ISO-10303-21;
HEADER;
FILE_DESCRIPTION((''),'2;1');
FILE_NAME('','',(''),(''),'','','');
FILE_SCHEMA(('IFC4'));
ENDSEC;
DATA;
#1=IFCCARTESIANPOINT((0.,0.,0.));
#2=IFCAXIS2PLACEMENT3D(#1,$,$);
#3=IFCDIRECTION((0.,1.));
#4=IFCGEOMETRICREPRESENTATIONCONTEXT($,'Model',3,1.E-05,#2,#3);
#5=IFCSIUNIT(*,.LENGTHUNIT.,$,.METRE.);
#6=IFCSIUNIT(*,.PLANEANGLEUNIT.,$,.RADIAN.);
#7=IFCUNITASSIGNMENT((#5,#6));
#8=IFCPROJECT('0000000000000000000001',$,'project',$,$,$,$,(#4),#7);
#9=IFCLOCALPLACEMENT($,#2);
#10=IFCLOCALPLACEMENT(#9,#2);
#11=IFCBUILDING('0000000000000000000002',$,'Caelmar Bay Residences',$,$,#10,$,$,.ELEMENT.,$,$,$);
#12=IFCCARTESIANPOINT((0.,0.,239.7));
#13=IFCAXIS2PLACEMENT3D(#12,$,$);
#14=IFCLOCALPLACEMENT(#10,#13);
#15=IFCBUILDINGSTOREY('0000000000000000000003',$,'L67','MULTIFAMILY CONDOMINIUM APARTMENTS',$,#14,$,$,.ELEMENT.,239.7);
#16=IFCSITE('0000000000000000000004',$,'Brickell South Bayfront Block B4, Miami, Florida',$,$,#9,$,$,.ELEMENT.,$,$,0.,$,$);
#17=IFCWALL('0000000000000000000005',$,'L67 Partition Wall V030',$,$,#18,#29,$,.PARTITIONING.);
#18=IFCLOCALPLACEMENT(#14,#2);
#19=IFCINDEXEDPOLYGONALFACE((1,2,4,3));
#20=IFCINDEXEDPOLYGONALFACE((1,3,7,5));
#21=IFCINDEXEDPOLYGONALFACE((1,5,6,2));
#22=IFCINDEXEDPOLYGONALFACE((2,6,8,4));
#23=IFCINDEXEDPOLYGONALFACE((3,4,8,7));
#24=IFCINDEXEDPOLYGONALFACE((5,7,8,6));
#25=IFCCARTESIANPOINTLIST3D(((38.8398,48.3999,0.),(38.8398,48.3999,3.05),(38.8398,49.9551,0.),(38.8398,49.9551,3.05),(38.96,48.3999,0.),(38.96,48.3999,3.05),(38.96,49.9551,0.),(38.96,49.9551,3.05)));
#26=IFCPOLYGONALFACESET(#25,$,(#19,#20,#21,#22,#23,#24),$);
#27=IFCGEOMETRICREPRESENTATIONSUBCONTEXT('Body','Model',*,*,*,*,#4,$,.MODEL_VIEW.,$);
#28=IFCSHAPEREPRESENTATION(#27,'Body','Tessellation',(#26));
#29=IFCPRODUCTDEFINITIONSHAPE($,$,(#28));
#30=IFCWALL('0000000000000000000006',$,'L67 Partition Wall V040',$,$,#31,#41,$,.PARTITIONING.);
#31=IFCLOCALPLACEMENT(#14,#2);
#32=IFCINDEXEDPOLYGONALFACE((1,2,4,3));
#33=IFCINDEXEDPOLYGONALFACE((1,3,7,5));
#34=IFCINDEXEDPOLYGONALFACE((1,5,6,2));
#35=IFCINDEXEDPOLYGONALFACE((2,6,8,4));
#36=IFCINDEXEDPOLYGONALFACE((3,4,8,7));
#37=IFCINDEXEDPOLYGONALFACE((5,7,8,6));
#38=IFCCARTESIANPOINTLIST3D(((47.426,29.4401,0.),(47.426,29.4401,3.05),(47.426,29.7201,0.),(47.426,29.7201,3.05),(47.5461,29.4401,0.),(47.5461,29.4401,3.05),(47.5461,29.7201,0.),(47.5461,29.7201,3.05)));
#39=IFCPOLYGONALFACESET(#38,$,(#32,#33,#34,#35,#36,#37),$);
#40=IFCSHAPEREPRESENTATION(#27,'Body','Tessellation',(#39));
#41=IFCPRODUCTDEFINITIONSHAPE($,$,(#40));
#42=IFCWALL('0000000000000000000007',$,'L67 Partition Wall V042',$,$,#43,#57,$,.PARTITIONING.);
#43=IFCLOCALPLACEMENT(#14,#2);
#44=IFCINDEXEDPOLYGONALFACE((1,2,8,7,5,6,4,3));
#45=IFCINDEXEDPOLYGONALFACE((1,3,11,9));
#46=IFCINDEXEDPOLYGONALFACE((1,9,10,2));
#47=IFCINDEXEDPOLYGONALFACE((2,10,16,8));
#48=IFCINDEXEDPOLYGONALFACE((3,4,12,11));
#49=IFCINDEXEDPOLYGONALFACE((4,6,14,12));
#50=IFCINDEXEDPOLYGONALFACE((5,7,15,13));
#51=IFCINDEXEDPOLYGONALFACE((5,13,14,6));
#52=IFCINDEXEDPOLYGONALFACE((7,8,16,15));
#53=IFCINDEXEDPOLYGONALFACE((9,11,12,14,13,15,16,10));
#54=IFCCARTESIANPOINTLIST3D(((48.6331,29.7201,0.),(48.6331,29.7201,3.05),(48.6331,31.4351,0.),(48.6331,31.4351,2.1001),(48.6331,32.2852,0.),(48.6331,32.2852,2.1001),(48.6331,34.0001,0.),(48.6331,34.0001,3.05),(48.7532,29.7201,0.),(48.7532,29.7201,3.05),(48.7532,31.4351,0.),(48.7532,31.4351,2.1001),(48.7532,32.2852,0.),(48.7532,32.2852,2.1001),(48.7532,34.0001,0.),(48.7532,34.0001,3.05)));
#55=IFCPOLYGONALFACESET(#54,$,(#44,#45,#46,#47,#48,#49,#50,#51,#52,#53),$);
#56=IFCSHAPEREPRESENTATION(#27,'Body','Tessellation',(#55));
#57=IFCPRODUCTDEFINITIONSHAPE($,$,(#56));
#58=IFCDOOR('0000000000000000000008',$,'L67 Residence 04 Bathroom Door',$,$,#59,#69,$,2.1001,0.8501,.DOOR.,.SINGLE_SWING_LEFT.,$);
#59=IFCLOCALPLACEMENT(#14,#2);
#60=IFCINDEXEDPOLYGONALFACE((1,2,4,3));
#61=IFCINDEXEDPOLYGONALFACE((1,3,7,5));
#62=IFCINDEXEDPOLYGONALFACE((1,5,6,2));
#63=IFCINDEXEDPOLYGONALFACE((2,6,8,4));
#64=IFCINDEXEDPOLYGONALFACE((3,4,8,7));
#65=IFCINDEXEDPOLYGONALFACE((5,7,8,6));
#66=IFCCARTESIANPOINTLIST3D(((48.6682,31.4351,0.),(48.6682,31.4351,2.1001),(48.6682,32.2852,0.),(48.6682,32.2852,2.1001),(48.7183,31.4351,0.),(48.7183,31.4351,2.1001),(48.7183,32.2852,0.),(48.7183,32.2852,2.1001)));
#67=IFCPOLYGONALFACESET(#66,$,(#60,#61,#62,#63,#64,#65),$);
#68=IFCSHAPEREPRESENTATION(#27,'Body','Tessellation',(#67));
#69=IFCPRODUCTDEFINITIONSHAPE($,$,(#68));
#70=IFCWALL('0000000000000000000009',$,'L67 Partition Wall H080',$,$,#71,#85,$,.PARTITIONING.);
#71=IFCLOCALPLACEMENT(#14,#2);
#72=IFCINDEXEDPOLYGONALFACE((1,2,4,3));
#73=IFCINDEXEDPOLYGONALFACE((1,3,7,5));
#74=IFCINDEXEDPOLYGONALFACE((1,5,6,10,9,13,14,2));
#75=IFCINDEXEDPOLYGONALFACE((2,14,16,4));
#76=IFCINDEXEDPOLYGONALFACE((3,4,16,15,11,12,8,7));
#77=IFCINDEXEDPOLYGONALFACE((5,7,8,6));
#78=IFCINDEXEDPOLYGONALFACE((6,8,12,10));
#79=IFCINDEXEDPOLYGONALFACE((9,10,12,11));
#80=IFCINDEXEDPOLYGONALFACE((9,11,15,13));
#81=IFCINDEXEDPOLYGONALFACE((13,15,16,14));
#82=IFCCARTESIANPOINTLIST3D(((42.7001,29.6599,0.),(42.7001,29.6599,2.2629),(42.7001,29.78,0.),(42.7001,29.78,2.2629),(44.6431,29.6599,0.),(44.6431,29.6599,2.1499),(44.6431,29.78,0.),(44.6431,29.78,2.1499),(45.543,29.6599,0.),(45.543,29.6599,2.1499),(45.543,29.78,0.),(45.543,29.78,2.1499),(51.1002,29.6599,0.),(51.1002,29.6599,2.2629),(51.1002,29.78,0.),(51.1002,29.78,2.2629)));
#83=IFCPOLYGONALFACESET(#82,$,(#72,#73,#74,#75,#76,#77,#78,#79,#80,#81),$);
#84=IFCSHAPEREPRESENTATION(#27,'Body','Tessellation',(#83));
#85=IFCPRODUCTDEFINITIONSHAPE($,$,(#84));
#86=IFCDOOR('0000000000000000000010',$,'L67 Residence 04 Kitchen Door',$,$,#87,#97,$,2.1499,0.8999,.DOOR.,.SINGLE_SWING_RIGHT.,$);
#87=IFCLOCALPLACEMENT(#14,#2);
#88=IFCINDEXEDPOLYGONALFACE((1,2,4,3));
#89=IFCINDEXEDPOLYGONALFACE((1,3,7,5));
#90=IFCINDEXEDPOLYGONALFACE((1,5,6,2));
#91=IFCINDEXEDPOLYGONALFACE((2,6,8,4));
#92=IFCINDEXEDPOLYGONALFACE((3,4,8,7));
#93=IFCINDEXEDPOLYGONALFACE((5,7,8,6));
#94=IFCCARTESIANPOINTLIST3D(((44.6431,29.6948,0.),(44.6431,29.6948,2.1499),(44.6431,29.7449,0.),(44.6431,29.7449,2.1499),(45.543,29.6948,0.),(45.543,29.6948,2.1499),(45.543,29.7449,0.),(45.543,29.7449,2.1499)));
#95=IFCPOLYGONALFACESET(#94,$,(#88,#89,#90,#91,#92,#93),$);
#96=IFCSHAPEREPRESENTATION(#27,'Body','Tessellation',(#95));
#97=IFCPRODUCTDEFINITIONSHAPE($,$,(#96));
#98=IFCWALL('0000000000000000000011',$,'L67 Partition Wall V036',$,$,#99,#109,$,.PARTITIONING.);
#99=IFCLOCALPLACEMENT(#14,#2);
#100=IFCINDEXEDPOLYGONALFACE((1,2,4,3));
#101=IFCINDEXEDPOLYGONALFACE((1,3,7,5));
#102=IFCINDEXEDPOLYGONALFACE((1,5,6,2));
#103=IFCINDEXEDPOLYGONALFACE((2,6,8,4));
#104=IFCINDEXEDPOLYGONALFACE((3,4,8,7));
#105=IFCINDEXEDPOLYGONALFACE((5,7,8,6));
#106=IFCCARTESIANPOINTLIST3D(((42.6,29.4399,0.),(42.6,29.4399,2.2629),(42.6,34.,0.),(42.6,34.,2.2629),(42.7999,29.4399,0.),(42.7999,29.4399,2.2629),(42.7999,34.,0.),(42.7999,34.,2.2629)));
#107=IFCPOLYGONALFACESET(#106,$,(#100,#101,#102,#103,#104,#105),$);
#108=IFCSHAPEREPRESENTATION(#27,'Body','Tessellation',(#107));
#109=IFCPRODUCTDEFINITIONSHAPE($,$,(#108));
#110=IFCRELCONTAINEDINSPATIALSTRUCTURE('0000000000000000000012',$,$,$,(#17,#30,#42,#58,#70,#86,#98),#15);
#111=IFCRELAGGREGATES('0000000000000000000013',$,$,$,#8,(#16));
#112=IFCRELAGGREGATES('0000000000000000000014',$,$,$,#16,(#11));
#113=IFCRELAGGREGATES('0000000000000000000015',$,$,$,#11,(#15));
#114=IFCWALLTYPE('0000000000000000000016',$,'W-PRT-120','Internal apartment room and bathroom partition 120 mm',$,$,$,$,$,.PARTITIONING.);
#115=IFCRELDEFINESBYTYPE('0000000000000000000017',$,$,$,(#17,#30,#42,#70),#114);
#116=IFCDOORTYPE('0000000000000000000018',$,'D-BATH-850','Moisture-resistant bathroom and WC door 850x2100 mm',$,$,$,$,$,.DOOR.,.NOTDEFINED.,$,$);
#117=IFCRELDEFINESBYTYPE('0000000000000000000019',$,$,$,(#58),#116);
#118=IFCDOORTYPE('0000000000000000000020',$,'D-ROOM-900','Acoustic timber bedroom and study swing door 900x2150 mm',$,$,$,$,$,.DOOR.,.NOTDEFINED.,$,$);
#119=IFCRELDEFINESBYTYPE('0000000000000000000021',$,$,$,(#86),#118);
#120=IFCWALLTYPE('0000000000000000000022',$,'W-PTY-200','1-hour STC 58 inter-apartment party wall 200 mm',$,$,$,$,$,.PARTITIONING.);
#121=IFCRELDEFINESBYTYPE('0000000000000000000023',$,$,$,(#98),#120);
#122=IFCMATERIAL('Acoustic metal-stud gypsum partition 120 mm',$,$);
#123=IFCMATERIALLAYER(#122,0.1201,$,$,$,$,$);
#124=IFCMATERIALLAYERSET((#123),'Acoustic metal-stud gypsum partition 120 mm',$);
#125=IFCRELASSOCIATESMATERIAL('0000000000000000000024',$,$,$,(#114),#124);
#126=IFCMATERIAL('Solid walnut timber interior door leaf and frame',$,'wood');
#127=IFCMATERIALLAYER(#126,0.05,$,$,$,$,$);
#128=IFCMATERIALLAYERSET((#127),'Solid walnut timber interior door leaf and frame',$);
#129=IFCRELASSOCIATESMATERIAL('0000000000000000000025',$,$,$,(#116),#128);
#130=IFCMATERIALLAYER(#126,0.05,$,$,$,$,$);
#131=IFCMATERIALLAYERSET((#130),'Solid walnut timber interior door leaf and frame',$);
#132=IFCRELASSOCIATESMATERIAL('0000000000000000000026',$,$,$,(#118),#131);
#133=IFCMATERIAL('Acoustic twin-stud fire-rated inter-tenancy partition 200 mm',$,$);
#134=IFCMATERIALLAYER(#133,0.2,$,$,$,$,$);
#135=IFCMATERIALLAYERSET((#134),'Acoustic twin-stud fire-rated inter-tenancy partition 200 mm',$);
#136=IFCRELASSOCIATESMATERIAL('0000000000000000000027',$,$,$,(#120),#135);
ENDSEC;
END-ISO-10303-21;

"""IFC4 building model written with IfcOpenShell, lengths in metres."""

from ifc_helpers import new_model, si_unit, direction, frame, frame_2d, origin, place, context, subcontext, project, spatial, rectangle, extrude, material, layer, layer_set, type_object, element, fill, save


model = new_model("IFC4")

# Units and contexts
model_context = context("Model", 3, precision=1e-05, world=origin(), true_north=direction((0.0, 1.0)))
body_context = subcontext(model_context, "Body", "Model", "MODEL_VIEW")
ifc_project = project(units=[si_unit("LENGTHUNIT", "METRE"), si_unit("PLANEANGLEUNIT", "RADIAN")], contexts=[model_context])

# Site, building, storey
site_placement = place(None, origin())
site = spatial("IfcSite", under=ifc_project, at=site_placement, Name="Brickell South Bayfront Block B4, Miami, Florida", CompositionType="ELEMENT", RefElevation=0.0)
building_placement = place(site_placement, origin())
building = spatial("IfcBuilding", under=site, at=building_placement, Name="Caelmar Bay Residences", CompositionType="ELEMENT")
storey_placement = place(building_placement, frame((0.0, 0.0, 239.7)))
storey = spatial("IfcBuildingStorey", under=building, at=storey_placement, Name="L67", Description="MULTIFAMILY CONDOMINIUM APARTMENTS", CompositionType="ELEMENT", Elevation=239.7)

# Walls
ifc_material_1 = material(Name="Acoustic metal-stud gypsum partition 120 mm")
ifc_layer_1 = layer(ifc_material_1, 0.1201)
ifc_layer_set_1 = layer_set([ifc_layer_1], Name="Acoustic metal-stud gypsum partition 120 mm")
wall_type_1 = type_object("IfcWallType", Name="W-PRT-120", Description="Internal apartment room and bathroom partition 120 mm", PredefinedType="PARTITIONING", material=ifc_layer_set_1)
wall_1_placement = place(storey_placement, frame((38.8999, 48.3999, 0.0), z_axis=(0.0, 0.0, 1.0), x_axis=(0.0, 1.0, 0.0)))
element("IfcWall", 1, at=wall_1_placement, inside=storey, type_object=wall_type_1, Name="L67 Partition Wall V030", PredefinedType="PARTITIONING", context=body_context, shape_type="SweptSolid", body=[
    extrude(rectangle(XDim=1.5552, YDim=0.1201, at=frame_2d((0.7776, 0.0))), origin(), (0.0, 0.0, 1.0), 3.05),
])
wall_2_placement = place(storey_placement, frame((47.4861, 29.4399, 0.0), z_axis=(0.0, 0.0, 1.0), x_axis=(0.0, 1.0, 0.0)))
element("IfcWall", 2, at=wall_2_placement, inside=storey, type_object=wall_type_1, Name="L67 Partition Wall V040", PredefinedType="PARTITIONING", context=body_context, shape_type="SweptSolid", body=[
    extrude(rectangle(XDim=0.28, YDim=0.1201, at=frame_2d((0.1401, 0.0))), origin(), (0.0, 0.0, 1.0), 3.05),
])

# Walls, openings, doors
wall_3_placement = place(storey_placement, frame((48.6931, 29.72, 0.0), z_axis=(0.0, 0.0, 1.0), x_axis=(0.0, 1.0, 0.0)))
wall_3 = element("IfcWall", 3, at=wall_3_placement, inside=storey, type_object=wall_type_1, Name="L67 Partition Wall V042", PredefinedType="PARTITIONING", context=body_context, shape_type="SweptSolid", body=[
    extrude(rectangle(XDim=4.28, YDim=0.1201, at=frame_2d((2.1401, 0.0))), origin(), (0.0, 0.0, 1.0), 3.05),
])
opening_1_placement = place(wall_3_placement, frame((1.7151, 0.0, 0.0)))
opening_1 = element("IfcOpeningElement", 4, at=opening_1_placement, cuts=wall_3, PredefinedType="OPENING", context=body_context, shape_type="SweptSolid", body=[
    extrude(rectangle(XDim=0.8501, YDim=2.1001, at=frame_2d((0.425, 1.05))), frame((0.0, 0.0701, 0.0), z_axis=(0.0, -1.0, 0.0), x_axis=(1.0, 0.0, 0.0)), (0.0, 0.0, 1.0), 0.1401),
])
ifc_material_2 = material(Name="Solid walnut timber interior door leaf and frame", Category="wood")
ifc_layer_2 = layer(ifc_material_2, 0.05)
ifc_layer_set_2 = layer_set([ifc_layer_2], Name="Solid walnut timber interior door leaf and frame")
door_type_1 = type_object("IfcDoorType", Name="D-BATH-850", Description="Moisture-resistant bathroom and WC door 850x2100 mm", OperationType="NOTDEFINED", PredefinedType="DOOR", material=ifc_layer_set_2)
door_1_placement = place(opening_1_placement, origin())
door_1 = element("IfcDoor", 5, at=door_1_placement, inside=storey, type_object=door_type_1, Name="L67 Residence 04 Bathroom Door", OperationType="SINGLE_SWING_LEFT", OverallHeight=2.1001, OverallWidth=0.8501, PredefinedType="DOOR", context=body_context, shape_type="SweptSolid", body=[
    extrude(rectangle(XDim=0.8501, YDim=2.1001, at=frame_2d((0.425, 1.05))), frame((0.0, 0.0249, 0.0), z_axis=(0.0, -1.0, 0.0), x_axis=(1.0, 0.0, 0.0)), (0.0, 0.0, 1.0), 0.05),
])
fill(opening_1, door_1)
wall_4_placement = place(storey_placement, frame((42.7, 29.72, 0.0), z_axis=(0.0, 0.0, 1.0), x_axis=(1.0, 0.0, 0.0)))
wall_4 = element("IfcWall", 6, at=wall_4_placement, inside=storey, type_object=wall_type_1, Name="L67 Partition Wall H080", PredefinedType="PARTITIONING", context=body_context, shape_type="SweptSolid", body=[
    extrude(rectangle(XDim=8.4001, YDim=0.1201, at=frame_2d((4.2002, 0.0))), origin(), (0.0, 0.0, 1.0), 2.2629),
])
opening_2_placement = place(wall_4_placement, frame((1.9431, 0.0, 0.0)))
opening_2 = element("IfcOpeningElement", 7, at=opening_2_placement, cuts=wall_4, PredefinedType="OPENING", context=body_context, shape_type="SweptSolid", body=[
    extrude(rectangle(XDim=0.8999, YDim=2.1499, at=frame_2d((0.45, 1.075))), frame((0.0, 0.0701, 0.0), z_axis=(0.0, -1.0, 0.0), x_axis=(1.0, 0.0, 0.0)), (0.0, 0.0, 1.0), 0.1401),
])
ifc_layer_3 = layer(ifc_material_2, 0.05)
ifc_layer_set_3 = layer_set([ifc_layer_3], Name="Solid walnut timber interior door leaf and frame")
door_type_2 = type_object("IfcDoorType", Name="D-ROOM-900", Description="Acoustic timber bedroom and study swing door 900x2150 mm", OperationType="NOTDEFINED", PredefinedType="DOOR", material=ifc_layer_set_3)
door_2_placement = place(opening_2_placement, origin())
door_2 = element("IfcDoor", 8, at=door_2_placement, inside=storey, type_object=door_type_2, Name="L67 Residence 04 Kitchen Door", OperationType="SINGLE_SWING_RIGHT", OverallHeight=2.1499, OverallWidth=0.8999, PredefinedType="DOOR", context=body_context, shape_type="SweptSolid", body=[
    extrude(rectangle(XDim=0.8999, YDim=2.1499, at=frame_2d((0.45, 1.075))), frame((0.0, 0.0249, 0.0), z_axis=(0.0, -1.0, 0.0), x_axis=(1.0, 0.0, 0.0)), (0.0, 0.0, 1.0), 0.05),
])
fill(opening_2, door_2)

# Wall
ifc_material_3 = material(Name="Acoustic twin-stud fire-rated inter-tenancy partition 200 mm")
ifc_layer_4 = layer(ifc_material_3, 0.2)
ifc_layer_set_4 = layer_set([ifc_layer_4], Name="Acoustic twin-stud fire-rated inter-tenancy partition 200 mm")
wall_type_2 = type_object("IfcWallType", Name="W-PTY-200", Description="1-hour STC 58 inter-apartment party wall 200 mm", PredefinedType="PARTITIONING", material=ifc_layer_set_4)
wall_5_placement = place(storey_placement, frame((42.7, 29.4399, 0.0), z_axis=(0.0, 0.0, 1.0), x_axis=(0.0, 1.0, 0.0)))
element("IfcWall", 9, at=wall_5_placement, inside=storey, type_object=wall_type_2, Name="L67 Partition Wall V036", PredefinedType="PARTITIONING", context=body_context, shape_type="SweptSolid", body=[
    extrude(rectangle(XDim=4.5601, YDim=0.2, at=frame_2d((2.28, 0.0))), origin(), (0.0, 0.0, 1.0), 2.2629),
])

save(model, "model.ifc")
